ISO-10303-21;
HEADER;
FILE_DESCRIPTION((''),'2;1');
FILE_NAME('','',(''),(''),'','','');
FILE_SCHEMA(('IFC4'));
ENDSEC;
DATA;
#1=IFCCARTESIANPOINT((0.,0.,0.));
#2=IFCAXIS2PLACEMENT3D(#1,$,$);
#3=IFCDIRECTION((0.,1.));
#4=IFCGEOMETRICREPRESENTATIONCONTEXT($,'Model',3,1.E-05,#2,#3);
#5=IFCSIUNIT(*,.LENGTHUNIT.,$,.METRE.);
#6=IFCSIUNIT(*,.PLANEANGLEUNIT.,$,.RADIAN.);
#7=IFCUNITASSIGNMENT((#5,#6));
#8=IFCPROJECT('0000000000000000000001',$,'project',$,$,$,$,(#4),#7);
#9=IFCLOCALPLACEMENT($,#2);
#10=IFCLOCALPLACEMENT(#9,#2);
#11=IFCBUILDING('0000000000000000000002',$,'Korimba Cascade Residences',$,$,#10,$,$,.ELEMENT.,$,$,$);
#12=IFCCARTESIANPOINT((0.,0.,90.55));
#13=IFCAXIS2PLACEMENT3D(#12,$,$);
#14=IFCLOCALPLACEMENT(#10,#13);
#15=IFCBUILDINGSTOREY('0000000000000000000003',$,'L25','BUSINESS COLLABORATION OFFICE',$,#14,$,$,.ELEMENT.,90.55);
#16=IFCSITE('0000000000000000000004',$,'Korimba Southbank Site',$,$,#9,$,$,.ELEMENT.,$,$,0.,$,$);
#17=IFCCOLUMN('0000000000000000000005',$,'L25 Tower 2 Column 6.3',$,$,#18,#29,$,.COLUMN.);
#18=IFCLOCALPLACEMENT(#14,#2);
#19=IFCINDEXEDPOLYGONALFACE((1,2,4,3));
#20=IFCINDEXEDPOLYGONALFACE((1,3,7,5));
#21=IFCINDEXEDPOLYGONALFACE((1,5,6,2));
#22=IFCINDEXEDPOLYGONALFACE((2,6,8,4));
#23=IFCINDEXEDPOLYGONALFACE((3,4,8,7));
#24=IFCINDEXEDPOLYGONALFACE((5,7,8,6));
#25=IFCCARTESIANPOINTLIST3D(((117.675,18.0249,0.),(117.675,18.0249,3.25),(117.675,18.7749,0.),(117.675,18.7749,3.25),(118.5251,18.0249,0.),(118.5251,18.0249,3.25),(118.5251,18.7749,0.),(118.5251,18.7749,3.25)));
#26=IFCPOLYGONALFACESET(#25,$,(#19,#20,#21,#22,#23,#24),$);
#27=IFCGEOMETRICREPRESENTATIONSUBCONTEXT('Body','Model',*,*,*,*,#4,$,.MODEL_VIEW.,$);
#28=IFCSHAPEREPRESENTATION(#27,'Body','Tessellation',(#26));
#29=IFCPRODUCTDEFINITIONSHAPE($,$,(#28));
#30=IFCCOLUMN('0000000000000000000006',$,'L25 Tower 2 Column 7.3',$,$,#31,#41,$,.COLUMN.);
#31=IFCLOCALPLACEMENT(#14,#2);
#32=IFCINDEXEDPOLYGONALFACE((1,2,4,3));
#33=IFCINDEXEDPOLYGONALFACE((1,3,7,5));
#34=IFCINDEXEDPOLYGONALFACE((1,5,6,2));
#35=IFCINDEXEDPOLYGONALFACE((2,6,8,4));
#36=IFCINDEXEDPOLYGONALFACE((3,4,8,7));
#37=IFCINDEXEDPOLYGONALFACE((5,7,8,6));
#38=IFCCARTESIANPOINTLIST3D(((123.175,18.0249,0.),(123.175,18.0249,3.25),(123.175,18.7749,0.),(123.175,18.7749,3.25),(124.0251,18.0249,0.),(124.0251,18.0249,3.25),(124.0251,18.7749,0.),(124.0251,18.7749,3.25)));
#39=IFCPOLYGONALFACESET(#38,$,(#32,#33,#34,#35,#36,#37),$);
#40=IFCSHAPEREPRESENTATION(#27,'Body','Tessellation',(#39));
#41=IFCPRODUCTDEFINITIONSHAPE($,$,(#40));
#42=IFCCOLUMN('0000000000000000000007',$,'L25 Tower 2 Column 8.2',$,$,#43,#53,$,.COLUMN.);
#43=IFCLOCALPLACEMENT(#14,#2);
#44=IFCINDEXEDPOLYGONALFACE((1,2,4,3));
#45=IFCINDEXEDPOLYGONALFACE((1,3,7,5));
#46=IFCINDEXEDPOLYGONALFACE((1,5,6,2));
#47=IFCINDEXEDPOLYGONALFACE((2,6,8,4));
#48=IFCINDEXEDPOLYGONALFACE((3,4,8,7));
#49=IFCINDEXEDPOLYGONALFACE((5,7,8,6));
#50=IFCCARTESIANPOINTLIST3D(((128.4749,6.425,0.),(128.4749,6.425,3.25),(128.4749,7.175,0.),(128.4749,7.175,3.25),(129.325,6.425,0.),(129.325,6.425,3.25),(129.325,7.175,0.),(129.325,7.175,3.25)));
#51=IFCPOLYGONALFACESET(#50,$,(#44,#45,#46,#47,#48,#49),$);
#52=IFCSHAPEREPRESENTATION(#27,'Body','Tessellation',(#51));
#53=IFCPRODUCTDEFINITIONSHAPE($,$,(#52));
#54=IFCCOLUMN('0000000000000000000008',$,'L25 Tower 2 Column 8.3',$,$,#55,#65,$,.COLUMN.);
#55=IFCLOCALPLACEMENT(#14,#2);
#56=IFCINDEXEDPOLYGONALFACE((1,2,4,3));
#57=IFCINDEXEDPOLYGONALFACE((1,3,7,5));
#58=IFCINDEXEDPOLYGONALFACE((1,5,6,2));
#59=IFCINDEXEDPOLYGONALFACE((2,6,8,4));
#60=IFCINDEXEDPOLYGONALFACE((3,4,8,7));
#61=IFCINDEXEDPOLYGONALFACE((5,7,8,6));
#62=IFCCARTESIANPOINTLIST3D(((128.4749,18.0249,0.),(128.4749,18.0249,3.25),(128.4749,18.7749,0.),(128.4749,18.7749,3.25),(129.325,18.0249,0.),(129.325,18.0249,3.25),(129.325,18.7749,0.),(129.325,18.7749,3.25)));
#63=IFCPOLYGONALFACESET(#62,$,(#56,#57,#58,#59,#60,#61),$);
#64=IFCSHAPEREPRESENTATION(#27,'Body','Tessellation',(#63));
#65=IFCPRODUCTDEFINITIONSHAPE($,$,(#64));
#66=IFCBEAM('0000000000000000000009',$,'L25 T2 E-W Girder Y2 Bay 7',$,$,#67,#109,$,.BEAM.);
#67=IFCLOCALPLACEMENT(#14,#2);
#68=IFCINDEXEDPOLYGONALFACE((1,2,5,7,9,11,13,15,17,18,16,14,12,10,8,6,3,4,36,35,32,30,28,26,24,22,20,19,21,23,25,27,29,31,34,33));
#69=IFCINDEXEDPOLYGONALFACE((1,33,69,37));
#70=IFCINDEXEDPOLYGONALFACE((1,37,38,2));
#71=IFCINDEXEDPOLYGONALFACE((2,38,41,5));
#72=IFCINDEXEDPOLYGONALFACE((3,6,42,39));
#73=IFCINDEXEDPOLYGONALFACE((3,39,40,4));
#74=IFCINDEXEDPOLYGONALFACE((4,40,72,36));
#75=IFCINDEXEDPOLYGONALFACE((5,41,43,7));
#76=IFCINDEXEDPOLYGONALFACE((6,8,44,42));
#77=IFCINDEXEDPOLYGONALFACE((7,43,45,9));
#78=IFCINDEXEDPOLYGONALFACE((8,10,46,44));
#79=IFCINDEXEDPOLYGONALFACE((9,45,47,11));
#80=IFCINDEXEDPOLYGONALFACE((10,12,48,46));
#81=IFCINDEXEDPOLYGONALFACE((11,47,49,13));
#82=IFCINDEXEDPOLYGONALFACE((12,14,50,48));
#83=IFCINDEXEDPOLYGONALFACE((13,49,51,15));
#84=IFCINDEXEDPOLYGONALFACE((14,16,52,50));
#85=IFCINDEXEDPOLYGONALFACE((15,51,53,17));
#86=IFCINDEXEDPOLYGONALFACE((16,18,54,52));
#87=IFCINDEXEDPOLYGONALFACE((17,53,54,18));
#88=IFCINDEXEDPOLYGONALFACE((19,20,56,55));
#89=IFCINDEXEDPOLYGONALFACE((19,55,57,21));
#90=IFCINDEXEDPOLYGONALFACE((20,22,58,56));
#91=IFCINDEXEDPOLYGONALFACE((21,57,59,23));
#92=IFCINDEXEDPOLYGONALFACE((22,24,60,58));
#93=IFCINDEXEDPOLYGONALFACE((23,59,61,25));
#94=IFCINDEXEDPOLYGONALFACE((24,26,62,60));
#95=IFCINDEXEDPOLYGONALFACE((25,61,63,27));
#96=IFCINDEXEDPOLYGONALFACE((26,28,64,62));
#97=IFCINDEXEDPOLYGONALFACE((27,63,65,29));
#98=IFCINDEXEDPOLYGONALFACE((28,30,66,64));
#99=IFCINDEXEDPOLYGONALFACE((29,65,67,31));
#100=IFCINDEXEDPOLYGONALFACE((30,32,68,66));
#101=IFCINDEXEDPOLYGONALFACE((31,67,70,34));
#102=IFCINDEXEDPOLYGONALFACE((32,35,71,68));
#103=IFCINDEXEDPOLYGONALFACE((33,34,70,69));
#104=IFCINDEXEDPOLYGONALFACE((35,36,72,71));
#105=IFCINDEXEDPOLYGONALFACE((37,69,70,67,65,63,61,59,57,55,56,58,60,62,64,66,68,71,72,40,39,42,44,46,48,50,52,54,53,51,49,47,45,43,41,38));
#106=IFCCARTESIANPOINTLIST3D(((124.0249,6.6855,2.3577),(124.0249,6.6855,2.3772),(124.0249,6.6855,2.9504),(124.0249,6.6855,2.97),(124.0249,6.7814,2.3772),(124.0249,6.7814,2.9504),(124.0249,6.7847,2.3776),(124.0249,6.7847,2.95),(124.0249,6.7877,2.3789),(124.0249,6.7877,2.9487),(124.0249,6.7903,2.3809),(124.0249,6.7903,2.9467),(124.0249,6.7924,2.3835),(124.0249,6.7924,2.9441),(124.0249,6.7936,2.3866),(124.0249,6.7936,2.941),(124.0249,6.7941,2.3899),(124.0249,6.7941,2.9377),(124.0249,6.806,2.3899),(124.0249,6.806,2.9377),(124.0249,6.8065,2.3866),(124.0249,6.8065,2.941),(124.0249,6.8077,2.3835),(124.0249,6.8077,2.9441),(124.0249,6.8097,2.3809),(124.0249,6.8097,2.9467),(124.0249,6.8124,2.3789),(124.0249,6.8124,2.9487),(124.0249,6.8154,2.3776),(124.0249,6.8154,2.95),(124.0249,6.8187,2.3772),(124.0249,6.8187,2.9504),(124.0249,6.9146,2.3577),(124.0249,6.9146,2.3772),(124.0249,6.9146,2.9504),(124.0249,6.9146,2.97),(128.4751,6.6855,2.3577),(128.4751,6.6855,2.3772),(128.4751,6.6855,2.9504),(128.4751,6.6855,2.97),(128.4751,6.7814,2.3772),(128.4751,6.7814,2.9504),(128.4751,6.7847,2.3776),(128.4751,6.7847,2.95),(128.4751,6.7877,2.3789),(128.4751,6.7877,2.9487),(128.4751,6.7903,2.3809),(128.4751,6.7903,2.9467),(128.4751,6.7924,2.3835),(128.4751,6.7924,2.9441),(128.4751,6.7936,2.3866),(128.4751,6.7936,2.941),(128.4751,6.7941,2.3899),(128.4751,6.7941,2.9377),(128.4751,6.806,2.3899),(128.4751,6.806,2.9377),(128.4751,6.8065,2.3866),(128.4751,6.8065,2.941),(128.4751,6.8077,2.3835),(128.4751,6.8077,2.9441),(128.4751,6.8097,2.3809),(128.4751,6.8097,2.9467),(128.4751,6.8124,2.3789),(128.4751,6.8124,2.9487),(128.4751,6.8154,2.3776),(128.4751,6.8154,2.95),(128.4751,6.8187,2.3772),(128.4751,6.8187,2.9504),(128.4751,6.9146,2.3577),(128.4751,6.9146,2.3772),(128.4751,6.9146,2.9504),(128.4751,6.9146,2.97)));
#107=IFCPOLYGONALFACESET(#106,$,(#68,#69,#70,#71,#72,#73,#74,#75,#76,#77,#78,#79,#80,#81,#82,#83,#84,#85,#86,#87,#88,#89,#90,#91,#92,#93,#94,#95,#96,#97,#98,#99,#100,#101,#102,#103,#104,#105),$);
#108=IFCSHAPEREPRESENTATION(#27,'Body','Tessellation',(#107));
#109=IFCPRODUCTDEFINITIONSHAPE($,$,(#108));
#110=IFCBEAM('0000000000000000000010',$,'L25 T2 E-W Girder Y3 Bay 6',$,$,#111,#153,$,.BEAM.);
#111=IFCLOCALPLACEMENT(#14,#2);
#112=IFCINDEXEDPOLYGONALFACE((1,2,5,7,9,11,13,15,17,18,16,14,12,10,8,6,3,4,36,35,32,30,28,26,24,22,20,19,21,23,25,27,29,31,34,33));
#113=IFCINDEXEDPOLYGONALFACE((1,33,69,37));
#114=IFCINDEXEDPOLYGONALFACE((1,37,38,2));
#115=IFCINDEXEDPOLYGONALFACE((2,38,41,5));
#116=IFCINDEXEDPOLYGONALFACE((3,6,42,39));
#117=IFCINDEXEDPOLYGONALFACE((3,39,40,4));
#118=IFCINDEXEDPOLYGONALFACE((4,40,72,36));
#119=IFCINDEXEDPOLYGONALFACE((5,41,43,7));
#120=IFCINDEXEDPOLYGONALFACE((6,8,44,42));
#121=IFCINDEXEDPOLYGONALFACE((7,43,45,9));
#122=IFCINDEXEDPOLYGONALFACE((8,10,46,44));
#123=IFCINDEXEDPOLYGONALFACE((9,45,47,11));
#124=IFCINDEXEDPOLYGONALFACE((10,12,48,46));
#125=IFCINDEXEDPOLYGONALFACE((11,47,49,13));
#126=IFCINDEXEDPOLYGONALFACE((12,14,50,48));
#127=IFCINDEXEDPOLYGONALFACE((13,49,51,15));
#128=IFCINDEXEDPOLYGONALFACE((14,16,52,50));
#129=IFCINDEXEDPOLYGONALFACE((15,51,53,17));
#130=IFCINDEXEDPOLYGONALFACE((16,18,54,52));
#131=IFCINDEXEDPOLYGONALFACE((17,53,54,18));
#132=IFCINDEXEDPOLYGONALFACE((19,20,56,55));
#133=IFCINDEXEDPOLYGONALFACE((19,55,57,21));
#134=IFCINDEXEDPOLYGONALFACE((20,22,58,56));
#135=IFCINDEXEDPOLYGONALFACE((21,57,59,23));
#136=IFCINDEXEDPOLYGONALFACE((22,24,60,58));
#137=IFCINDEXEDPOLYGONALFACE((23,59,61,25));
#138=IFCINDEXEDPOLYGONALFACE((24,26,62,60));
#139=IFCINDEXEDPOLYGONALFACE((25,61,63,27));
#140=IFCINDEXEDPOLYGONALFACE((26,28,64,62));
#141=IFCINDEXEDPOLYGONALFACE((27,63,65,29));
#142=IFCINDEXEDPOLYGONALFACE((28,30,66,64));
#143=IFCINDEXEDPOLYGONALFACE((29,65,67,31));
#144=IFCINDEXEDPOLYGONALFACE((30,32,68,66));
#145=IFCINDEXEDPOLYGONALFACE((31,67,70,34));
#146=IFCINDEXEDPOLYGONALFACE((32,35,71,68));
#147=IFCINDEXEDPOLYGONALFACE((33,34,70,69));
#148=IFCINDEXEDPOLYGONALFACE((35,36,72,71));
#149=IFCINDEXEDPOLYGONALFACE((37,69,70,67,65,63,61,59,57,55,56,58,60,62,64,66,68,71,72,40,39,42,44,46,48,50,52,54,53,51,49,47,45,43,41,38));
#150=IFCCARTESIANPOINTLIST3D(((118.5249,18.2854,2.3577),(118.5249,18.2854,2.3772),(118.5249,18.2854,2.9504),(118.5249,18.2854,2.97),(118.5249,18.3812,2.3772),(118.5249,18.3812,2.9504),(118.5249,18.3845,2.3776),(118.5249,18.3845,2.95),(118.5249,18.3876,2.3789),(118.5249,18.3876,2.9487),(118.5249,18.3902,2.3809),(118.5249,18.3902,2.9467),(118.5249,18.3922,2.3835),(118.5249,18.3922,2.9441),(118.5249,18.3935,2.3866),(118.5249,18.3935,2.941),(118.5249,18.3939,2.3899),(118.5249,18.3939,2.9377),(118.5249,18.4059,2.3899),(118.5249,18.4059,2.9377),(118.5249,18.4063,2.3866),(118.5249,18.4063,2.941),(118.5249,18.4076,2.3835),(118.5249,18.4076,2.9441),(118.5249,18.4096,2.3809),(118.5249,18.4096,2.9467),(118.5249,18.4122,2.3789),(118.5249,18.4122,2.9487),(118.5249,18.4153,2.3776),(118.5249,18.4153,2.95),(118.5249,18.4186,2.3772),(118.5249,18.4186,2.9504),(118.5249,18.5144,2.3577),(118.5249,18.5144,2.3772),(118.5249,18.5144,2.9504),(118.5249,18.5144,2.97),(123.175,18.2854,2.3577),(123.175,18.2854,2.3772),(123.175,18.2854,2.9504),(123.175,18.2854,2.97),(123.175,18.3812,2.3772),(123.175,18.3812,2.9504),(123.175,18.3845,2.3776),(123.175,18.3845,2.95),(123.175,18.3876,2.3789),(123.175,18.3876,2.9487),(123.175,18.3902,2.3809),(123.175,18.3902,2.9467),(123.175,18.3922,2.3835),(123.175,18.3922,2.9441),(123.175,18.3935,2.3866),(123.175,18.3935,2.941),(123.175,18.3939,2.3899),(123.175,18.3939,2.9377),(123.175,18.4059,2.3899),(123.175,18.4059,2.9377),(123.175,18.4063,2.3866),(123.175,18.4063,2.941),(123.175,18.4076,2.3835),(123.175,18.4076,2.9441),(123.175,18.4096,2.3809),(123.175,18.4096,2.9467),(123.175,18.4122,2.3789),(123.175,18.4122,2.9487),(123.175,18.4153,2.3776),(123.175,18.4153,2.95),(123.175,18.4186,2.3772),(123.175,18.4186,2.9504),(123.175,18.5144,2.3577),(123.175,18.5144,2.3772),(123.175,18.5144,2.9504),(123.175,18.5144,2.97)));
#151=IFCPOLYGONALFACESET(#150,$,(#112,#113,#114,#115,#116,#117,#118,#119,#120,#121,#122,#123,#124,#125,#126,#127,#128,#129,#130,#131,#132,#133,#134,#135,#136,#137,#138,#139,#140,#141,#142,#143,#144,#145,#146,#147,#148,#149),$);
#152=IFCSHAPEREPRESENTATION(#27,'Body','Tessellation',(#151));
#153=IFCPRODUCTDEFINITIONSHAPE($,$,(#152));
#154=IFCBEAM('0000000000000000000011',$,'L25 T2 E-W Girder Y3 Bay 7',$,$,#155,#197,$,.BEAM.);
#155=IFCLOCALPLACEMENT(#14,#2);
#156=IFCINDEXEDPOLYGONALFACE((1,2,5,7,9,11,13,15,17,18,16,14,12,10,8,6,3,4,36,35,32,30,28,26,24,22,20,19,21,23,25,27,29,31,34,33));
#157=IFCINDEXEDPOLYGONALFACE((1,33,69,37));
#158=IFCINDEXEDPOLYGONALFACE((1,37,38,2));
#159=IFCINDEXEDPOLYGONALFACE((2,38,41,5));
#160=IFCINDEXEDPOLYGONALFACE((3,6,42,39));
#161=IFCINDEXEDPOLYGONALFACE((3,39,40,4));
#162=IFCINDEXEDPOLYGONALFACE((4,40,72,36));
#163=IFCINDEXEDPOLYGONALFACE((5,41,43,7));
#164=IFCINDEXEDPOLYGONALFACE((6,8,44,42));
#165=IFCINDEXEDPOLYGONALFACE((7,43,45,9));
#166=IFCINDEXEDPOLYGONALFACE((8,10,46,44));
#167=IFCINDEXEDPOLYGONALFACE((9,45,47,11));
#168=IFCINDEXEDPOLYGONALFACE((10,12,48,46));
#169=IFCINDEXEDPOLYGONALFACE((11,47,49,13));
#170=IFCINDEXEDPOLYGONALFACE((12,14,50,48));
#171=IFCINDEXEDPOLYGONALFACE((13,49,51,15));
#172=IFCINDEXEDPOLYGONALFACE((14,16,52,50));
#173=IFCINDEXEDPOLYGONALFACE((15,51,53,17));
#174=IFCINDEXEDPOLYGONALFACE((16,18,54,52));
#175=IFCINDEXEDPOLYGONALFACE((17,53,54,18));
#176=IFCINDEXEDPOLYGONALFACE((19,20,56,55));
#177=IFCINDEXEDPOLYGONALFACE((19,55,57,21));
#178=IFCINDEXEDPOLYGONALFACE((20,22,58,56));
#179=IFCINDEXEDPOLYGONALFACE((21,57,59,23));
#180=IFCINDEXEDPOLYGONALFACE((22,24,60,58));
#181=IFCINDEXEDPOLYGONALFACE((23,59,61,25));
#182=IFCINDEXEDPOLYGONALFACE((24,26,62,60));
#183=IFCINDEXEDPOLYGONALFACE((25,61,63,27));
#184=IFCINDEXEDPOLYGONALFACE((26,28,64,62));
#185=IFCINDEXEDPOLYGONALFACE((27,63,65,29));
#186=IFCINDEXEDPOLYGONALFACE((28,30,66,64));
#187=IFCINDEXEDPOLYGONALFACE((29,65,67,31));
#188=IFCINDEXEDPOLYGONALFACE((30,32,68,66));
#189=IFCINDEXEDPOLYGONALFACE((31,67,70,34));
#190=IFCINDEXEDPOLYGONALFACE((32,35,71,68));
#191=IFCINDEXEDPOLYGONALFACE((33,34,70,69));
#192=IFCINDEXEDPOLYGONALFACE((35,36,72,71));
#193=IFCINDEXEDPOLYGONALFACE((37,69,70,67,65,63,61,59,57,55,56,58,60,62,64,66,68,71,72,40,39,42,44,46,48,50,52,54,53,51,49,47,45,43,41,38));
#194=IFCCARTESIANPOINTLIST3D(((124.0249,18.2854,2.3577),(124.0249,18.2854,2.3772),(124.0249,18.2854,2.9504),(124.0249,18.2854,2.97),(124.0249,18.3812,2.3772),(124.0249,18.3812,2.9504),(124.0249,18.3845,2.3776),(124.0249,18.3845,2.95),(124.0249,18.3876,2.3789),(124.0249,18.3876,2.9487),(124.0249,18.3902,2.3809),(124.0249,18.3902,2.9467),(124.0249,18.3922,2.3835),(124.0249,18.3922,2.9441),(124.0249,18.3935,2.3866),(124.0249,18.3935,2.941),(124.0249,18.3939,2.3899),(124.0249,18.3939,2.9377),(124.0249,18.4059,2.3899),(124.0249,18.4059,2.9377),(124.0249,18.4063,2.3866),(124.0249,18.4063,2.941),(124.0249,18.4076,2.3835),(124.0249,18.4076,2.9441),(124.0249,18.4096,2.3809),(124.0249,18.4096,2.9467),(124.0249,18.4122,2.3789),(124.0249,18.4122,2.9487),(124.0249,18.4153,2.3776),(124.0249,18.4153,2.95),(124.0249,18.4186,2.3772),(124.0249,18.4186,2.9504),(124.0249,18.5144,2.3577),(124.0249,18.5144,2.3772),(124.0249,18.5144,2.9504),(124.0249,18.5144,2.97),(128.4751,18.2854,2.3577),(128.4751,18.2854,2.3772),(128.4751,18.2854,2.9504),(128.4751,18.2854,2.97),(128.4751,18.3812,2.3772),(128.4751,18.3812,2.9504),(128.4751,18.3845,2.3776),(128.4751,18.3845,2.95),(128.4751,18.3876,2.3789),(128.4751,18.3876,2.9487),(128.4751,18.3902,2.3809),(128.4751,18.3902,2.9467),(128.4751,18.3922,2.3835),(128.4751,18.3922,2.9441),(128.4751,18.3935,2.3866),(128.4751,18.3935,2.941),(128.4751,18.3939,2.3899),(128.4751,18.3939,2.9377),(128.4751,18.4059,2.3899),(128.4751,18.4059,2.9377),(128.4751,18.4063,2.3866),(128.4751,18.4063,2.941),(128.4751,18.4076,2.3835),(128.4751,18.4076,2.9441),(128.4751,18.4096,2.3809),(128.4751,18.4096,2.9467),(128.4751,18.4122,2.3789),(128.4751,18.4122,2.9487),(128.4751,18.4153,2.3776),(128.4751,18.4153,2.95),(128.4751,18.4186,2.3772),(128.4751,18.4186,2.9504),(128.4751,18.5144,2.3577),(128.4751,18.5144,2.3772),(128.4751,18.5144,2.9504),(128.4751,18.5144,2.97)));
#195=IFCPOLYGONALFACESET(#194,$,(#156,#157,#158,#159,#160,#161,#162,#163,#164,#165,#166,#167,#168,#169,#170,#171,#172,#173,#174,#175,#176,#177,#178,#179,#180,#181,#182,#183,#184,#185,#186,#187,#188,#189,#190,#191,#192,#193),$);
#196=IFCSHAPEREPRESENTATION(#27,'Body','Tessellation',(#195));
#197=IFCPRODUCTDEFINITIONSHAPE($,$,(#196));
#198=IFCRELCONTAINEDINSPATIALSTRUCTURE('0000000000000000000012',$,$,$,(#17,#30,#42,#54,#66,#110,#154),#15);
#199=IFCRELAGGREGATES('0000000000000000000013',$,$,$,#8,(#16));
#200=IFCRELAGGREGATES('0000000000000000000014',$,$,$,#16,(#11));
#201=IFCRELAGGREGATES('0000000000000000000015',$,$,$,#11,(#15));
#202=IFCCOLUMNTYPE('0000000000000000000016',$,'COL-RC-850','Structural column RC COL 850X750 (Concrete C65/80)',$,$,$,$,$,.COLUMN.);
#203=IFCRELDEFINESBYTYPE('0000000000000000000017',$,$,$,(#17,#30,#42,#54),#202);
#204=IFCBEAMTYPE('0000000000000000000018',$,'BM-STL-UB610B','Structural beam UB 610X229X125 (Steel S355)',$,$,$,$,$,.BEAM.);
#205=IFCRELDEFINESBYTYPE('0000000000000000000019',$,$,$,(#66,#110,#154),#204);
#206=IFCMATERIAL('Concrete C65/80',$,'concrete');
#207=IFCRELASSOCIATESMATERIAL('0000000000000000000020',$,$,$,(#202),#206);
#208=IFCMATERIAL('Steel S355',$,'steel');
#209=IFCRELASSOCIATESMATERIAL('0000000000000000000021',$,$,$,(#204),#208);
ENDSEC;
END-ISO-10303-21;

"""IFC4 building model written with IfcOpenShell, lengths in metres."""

from ifc_helpers import new_model, si_unit, direction, frame, origin, origin_2d, place, context, subcontext, project, spatial, rectangle, i_section, extrude, material, material_profile, profile_set, type_object, element, save


model = new_model("IFC4")

# Units and contexts
model_context = context("Model", 3, precision=1e-05, world=origin(), true_north=direction((0.0, 1.0)))
body_context = subcontext(model_context, "Body", "Model", "MODEL_VIEW")
ifc_project = project(units=[si_unit("LENGTHUNIT", "METRE"), si_unit("PLANEANGLEUNIT", "RADIAN")], contexts=[model_context])

# Site, building, storey
site_placement = place(None, origin())
site = spatial("IfcSite", under=ifc_project, at=site_placement, Name="Korimba Southbank Site", CompositionType="ELEMENT", RefElevation=0.0)
building_placement = place(site_placement, origin())
building = spatial("IfcBuilding", under=site, at=building_placement, Name="Korimba Cascade Residences", CompositionType="ELEMENT")
storey_placement = place(building_placement, frame((0.0, 0.0, 90.55)))
storey = spatial("IfcBuildingStorey", under=building, at=storey_placement, Name="L25", Description="BUSINESS COLLABORATION OFFICE", CompositionType="ELEMENT", Elevation=90.55)

# Columns
ifc_material_1 = material(Name="Concrete C65/80", Category="concrete")
ifc_material_profile_1 = material_profile(ifc_material_1, rectangle(XDim=0.8501, YDim=0.75, at=origin_2d()), Name="Concrete C65/80")
ifc_profile_set_1 = profile_set([ifc_material_profile_1], Name="Concrete C65/80")
column_type = type_object("IfcColumnType", Name="COL-RC-850", Description="Structural column RC COL 850X750 (Concrete C65/80)", PredefinedType="COLUMN", material=ifc_profile_set_1)
for number, where, z_axis, x_axis, name in (
    (1, (118.1001, 18.3999, 0.0), (0.0, 0.0, 1.0), (1.0, 0.0, 0.0), "L25 Tower 2 Column 6.3"),
    (2, (123.6001, 18.3999, 0.0), (0.0, 0.0, 1.0), (1.0, 0.0, 0.0), "L25 Tower 2 Column 7.3"),
    (3, (128.8999, 6.8, 0.0), (0.0, 0.0, 1.0), (1.0, 0.0, 0.0), "L25 Tower 2 Column 8.2"),
    (4, (128.8999, 18.3999, 0.0), (0.0, 0.0, 1.0), (1.0, 0.0, 0.0), "L25 Tower 2 Column 8.3"),
):
    element("IfcColumn", number, at=place(storey_placement, frame(where, z_axis=z_axis, x_axis=x_axis)), inside=storey, type_object=column_type, Name=name, PredefinedType="COLUMN", context=body_context, shape_type="SweptSolid", body=[
        extrude(rectangle(XDim=0.8501, YDim=0.75, at=origin_2d()), origin(), (0.0, 0.0, 1.0), 3.25),
    ])

# Beams
ifc_material_2 = material(Name="Steel S355", Category="steel")
ifc_material_profile_2 = material_profile(ifc_material_2, i_section(OverallWidth=0.229, OverallDepth=0.6123, WebThickness=0.012, FlangeThickness=0.0195, FilletRadius=0.0127, at=origin_2d()), Name="Steel S355")
ifc_profile_set_2 = profile_set([ifc_material_profile_2], Name="Steel S355")
beam_type_1 = type_object("IfcBeamType", Name="BM-STL-UB610B", Description="Structural beam UB 610X229X125 (Steel S355)", PredefinedType="BEAM", material=ifc_profile_set_2)
beam_1_placement = place(storey_placement, frame((124.0249, 6.8, 2.6638), z_axis=(1.0, 0.0, 0.0), x_axis=(0.0, 1.0, 0.0)))
element("IfcBeam", 5, at=beam_1_placement, inside=storey, type_object=beam_type_1, Name="L25 T2 E-W Girder Y2 Bay 7", PredefinedType="BEAM", context=body_context, shape_type="SweptSolid", body=[
    extrude(i_section(OverallWidth=0.229, OverallDepth=0.6123, WebThickness=0.012, FlangeThickness=0.0195, FilletRadius=0.0127, at=origin_2d()), origin(), (0.0, 0.0, 1.0), 4.4502),
])
beam_2_placement = place(storey_placement, frame((118.5249, 18.3999, 2.6638), z_axis=(1.0, 0.0, 0.0), x_axis=(0.0, 1.0, 0.0)))
element("IfcBeam", 6, at=beam_2_placement, inside=storey, type_object=beam_type_1, Name="L25 T2 E-W Girder Y3 Bay 6", PredefinedType="BEAM", context=body_context, shape_type="SweptSolid", body=[
    extrude(i_section(OverallWidth=0.229, OverallDepth=0.6123, WebThickness=0.012, FlangeThickness=0.0195, FilletRadius=0.0127, at=origin_2d()), origin(), (0.0, 0.0, 1.0), 4.6501),
])
beam_3_placement = place(storey_placement, frame((124.0249, 18.3999, 2.6638), z_axis=(1.0, 0.0, 0.0), x_axis=(0.0, 1.0, 0.0)))
element("IfcBeam", 7, at=beam_3_placement, inside=storey, type_object=beam_type_1, Name="L25 T2 E-W Girder Y3 Bay 7", PredefinedType="BEAM", context=body_context, shape_type="SweptSolid", body=[
    extrude(i_section(OverallWidth=0.229, OverallDepth=0.6123, WebThickness=0.012, FlangeThickness=0.0195, FilletRadius=0.0127, at=origin_2d()), origin(), (0.0, 0.0, 1.0), 4.4502),
])

save(model, "model.ifc")
